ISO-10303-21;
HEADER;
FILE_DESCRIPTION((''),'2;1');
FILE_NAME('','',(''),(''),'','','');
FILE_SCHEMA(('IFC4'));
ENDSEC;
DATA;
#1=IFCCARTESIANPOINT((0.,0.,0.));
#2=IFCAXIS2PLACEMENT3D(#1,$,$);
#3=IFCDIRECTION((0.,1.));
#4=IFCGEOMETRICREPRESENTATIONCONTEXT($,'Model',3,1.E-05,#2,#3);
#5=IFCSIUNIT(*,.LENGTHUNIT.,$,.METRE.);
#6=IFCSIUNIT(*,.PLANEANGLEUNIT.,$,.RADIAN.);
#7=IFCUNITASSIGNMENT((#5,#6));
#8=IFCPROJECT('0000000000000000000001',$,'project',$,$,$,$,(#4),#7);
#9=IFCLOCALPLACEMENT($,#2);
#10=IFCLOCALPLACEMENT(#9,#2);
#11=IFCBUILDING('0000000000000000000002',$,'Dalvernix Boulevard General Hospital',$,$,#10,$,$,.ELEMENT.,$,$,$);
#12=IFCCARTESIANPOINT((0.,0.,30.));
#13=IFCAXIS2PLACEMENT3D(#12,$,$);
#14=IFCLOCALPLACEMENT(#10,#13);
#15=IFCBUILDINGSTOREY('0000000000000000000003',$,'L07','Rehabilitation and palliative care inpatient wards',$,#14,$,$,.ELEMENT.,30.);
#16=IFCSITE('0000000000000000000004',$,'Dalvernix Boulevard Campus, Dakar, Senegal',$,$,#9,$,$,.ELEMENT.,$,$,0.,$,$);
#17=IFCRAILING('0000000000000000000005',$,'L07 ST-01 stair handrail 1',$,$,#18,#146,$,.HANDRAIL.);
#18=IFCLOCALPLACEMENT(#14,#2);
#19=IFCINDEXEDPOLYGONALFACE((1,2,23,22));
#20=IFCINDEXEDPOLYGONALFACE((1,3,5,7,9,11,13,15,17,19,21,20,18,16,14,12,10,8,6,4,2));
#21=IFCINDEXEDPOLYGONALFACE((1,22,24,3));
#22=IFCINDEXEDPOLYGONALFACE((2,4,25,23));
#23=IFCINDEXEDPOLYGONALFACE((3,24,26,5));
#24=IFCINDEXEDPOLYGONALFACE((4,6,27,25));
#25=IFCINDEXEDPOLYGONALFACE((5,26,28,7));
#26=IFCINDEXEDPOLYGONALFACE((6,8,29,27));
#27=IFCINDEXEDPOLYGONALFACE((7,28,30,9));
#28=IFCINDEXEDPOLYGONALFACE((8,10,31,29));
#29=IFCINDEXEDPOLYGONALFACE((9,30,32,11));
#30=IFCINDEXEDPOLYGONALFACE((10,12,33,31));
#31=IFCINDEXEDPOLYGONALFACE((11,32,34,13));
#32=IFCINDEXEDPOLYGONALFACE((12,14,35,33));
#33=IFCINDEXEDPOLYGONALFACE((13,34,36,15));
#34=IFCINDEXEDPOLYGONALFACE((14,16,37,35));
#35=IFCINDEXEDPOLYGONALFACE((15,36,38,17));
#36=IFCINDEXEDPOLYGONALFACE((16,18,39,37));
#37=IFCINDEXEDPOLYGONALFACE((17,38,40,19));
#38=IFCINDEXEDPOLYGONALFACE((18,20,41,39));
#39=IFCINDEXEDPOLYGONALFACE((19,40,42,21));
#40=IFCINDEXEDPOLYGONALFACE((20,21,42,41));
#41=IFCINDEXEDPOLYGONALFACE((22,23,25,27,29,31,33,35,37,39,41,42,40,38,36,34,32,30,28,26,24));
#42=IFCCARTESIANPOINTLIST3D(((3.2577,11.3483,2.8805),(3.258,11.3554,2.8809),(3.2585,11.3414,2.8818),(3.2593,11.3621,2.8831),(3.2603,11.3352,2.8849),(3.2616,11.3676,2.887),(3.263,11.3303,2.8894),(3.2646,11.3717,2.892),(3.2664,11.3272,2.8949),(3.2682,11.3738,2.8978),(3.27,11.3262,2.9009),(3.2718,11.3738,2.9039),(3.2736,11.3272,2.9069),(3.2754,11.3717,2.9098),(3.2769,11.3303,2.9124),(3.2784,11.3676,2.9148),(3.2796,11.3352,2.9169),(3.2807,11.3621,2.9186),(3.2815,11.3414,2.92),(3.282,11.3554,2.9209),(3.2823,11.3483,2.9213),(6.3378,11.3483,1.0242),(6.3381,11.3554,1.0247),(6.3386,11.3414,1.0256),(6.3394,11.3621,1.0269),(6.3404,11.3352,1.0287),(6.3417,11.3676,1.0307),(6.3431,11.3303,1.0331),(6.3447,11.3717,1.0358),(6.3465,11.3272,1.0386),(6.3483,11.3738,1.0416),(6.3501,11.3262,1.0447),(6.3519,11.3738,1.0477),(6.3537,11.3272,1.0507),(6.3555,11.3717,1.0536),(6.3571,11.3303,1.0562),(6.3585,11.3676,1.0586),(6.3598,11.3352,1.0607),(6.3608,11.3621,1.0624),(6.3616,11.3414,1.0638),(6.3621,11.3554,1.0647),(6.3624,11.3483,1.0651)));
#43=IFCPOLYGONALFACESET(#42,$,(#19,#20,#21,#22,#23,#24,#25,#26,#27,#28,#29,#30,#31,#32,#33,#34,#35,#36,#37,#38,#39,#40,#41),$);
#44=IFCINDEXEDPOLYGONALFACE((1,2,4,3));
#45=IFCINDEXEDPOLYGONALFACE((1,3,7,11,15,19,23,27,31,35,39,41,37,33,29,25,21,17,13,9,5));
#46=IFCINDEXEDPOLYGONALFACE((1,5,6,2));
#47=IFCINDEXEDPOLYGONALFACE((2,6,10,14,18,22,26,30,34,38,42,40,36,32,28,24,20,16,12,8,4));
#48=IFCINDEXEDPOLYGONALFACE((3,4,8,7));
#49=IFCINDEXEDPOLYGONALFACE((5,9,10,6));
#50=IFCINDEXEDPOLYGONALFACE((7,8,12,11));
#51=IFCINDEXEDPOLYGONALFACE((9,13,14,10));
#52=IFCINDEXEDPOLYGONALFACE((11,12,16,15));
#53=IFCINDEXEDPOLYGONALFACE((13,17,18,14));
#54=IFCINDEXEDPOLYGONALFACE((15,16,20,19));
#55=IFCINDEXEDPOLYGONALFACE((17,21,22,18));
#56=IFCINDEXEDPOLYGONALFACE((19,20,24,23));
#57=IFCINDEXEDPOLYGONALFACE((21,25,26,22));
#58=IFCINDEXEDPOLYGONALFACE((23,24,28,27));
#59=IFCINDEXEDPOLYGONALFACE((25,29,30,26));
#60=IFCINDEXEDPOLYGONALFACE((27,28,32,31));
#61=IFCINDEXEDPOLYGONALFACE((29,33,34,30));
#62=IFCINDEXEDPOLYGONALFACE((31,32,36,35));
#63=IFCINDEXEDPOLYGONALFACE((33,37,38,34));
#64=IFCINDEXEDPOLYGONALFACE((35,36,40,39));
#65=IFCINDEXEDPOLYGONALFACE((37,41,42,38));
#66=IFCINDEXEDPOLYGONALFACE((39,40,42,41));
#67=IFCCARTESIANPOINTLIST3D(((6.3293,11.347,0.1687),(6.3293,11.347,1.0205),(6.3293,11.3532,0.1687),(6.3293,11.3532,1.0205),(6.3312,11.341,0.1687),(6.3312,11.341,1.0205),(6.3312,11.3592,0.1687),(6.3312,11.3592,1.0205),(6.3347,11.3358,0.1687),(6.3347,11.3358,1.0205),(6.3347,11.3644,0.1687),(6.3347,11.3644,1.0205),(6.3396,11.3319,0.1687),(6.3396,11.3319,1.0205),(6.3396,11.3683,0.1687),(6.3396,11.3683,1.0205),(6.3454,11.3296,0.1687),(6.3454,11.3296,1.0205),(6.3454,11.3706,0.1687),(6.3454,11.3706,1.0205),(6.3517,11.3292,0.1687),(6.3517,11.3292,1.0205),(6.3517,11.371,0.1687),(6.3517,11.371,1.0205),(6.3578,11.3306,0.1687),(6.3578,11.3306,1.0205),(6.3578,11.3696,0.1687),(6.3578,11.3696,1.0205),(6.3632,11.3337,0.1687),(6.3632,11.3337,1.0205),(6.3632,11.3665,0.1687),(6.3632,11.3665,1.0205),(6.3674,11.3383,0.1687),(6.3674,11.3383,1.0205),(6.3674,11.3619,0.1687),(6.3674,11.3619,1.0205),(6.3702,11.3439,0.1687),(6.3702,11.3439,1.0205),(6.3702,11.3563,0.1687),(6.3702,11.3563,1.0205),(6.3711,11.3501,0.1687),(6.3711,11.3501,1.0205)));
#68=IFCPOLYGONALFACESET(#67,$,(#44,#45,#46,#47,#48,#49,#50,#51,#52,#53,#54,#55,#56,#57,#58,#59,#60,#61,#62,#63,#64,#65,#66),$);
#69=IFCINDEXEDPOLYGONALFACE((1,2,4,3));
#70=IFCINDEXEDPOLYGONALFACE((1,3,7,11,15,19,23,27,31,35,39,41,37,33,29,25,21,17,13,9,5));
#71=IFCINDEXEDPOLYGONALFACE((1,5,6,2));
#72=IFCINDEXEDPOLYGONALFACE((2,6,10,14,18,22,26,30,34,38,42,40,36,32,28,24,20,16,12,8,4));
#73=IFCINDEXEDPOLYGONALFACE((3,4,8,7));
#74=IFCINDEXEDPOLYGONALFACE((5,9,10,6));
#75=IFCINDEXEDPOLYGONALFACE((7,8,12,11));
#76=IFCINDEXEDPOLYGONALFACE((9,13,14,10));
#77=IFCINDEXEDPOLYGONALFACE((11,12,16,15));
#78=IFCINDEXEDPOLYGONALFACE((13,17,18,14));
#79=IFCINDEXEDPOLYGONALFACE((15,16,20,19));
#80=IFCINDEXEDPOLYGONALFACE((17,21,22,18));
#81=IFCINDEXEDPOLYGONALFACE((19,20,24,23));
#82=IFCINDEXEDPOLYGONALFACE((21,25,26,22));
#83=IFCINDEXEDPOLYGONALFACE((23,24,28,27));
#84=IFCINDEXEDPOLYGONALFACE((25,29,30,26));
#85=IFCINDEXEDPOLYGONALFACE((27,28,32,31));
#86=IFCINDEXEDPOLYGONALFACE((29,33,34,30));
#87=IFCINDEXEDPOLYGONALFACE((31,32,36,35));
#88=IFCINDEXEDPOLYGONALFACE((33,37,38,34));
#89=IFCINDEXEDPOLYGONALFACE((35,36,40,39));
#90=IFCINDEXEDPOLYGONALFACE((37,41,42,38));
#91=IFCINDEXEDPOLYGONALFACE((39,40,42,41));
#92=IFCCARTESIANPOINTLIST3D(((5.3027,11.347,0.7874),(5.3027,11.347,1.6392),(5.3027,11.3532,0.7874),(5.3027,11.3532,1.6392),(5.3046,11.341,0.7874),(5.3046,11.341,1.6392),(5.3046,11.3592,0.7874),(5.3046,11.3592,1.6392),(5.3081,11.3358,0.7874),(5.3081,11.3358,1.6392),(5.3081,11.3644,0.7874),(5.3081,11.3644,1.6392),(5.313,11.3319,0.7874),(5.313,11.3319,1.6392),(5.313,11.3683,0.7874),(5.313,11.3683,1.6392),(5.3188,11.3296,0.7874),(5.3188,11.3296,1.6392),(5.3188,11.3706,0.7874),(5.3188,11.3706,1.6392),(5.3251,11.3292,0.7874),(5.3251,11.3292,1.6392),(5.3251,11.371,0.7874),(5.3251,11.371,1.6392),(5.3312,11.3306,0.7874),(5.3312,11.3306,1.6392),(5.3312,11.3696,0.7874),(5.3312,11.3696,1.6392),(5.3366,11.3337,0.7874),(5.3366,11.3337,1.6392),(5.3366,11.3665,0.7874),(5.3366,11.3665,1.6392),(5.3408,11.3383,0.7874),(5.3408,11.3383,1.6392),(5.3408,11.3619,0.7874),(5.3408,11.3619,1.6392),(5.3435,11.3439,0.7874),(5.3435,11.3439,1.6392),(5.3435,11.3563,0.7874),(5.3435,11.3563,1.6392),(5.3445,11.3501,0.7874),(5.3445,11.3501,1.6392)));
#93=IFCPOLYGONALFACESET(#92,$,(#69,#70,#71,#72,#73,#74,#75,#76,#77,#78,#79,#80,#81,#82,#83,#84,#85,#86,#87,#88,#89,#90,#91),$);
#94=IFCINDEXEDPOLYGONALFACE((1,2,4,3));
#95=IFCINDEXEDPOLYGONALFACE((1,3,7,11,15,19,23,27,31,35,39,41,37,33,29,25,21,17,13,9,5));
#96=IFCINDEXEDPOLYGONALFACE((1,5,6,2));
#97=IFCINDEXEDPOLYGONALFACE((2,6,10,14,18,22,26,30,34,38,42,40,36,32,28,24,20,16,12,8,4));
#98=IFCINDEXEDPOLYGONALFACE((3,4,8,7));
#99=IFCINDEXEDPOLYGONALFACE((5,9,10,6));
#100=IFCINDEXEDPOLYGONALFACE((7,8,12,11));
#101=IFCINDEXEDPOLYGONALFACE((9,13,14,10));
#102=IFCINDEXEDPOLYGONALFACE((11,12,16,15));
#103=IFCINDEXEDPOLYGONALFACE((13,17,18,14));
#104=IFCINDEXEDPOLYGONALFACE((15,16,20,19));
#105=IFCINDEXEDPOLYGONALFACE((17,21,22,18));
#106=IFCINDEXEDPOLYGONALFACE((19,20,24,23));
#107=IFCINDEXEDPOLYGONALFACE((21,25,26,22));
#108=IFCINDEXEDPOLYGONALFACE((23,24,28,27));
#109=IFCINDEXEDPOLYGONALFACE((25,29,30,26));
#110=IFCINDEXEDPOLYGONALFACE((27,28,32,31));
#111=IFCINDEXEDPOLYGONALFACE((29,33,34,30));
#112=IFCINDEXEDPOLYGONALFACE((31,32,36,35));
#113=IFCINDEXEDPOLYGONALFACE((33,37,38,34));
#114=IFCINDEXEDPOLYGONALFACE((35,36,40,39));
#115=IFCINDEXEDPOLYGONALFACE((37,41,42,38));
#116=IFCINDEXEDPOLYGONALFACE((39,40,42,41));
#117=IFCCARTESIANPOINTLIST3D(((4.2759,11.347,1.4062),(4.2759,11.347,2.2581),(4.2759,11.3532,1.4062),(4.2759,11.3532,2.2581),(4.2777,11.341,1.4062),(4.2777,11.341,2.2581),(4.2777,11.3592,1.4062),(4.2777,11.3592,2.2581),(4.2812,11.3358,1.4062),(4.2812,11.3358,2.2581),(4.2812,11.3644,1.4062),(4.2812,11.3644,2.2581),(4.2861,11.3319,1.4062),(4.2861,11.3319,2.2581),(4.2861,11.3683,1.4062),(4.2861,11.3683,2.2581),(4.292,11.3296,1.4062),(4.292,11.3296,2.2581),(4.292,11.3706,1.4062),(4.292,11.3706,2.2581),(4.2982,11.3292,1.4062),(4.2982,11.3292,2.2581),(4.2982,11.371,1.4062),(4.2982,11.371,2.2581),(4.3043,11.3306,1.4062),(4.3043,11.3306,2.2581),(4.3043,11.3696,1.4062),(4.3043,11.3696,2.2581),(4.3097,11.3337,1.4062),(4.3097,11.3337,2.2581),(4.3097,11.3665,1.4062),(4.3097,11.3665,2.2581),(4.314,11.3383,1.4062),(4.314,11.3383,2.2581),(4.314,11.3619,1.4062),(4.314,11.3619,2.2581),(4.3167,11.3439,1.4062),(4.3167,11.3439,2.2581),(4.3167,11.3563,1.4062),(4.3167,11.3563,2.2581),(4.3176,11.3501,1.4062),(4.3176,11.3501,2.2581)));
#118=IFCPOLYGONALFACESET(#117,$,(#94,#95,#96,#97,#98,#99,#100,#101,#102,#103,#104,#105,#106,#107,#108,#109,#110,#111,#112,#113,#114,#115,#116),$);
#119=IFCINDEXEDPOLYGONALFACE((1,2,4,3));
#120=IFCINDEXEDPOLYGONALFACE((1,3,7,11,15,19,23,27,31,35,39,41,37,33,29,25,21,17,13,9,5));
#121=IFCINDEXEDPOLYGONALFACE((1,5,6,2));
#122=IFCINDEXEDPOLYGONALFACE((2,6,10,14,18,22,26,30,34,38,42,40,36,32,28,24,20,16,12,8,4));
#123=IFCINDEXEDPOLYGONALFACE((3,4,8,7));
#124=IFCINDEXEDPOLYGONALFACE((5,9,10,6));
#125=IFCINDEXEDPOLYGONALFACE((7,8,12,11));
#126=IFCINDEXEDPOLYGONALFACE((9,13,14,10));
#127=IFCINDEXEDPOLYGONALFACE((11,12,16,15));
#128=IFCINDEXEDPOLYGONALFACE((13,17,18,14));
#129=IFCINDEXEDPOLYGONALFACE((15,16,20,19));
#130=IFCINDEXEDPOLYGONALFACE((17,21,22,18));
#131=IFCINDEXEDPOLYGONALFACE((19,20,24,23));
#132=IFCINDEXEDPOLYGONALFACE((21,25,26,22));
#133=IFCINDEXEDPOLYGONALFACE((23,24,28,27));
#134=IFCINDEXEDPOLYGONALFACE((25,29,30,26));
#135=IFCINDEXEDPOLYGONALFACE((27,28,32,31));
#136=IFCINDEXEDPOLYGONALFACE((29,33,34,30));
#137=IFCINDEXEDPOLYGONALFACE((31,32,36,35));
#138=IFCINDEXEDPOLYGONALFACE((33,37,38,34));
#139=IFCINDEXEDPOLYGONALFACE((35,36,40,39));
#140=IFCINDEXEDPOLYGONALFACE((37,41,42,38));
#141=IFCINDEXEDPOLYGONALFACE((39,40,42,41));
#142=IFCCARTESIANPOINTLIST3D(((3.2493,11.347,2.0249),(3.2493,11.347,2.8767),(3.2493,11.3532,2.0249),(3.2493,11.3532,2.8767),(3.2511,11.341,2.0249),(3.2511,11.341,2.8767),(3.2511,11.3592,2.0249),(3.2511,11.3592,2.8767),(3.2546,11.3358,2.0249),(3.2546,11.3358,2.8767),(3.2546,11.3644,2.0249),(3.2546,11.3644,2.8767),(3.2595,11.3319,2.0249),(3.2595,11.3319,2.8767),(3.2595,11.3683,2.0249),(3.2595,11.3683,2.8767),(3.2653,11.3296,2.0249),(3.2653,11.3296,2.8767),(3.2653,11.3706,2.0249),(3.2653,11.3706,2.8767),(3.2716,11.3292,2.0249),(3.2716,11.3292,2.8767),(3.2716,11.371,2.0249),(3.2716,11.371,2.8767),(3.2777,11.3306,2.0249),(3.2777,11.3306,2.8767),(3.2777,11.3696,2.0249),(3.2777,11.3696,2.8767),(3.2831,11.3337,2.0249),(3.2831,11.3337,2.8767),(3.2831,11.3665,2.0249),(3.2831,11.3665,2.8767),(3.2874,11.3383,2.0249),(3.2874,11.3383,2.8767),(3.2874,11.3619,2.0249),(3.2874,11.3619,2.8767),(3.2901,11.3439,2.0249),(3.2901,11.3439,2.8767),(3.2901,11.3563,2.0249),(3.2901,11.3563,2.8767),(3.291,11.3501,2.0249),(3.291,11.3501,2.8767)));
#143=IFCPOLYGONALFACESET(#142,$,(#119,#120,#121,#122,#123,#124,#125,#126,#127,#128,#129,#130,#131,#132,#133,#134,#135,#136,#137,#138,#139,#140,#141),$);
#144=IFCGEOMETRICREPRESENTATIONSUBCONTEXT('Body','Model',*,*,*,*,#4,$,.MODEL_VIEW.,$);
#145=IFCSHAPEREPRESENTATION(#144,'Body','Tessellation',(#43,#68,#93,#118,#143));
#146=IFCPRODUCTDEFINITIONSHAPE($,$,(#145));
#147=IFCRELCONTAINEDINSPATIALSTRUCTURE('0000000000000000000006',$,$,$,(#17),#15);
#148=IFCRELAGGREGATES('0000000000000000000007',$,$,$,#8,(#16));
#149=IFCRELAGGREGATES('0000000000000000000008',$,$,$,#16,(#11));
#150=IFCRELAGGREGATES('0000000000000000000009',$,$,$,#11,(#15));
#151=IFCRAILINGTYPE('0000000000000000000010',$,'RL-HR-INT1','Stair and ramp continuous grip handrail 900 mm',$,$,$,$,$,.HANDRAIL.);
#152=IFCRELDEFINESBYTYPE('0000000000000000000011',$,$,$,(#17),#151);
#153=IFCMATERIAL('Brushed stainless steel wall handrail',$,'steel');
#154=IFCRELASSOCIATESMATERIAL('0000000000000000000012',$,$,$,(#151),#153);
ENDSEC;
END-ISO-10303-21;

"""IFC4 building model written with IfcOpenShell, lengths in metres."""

from ifc_helpers import new_model, si_unit, direction, frame, origin, origin_2d, place, context, subcontext, project, spatial, circle, extrude, material, type_object, element, save


model = new_model("IFC4")

# Units and contexts
model_context = context("Model", 3, precision=1e-05, world=origin(), true_north=direction((0.0, 1.0)))
body_context = subcontext(model_context, "Body", "Model", "MODEL_VIEW")
ifc_project = project(units=[si_unit("LENGTHUNIT", "METRE"), si_unit("PLANEANGLEUNIT", "RADIAN")], contexts=[model_context])

# Site, building, storey
site_placement = place(None, origin())
site = spatial("IfcSite", under=ifc_project, at=site_placement, Name="Dalvernix Boulevard Campus, Dakar, Senegal", CompositionType="ELEMENT", RefElevation=0.0)
building_placement = place(site_placement, origin())
building = spatial("IfcBuilding", under=site, at=building_placement, Name="Dalvernix Boulevard General Hospital", CompositionType="ELEMENT")
storey_placement = place(building_placement, frame((0.0, 0.0, 30.0)))
storey = spatial("IfcBuildingStorey", under=building, at=storey_placement, Name="L07", Description="Rehabilitation and palliative care inpatient wards", CompositionType="ELEMENT", Elevation=30.0)

# Railing
ifc_material_1 = material(Name="Brushed stainless steel wall handrail", Category="steel")
railing_type_1 = type_object("IfcRailingType", Name="RL-HR-INT1", Description="Stair and ramp continuous grip handrail 900 mm", PredefinedType="HANDRAIL", material=ifc_material_1)
railing_1_placement = place(storey_placement, frame((6.3501, 11.3501, 0.1687)))
element("IfcRailing", 1, at=railing_1_placement, inside=storey, type_object=railing_type_1, Name="L07 ST-01 stair handrail 1", PredefinedType="HANDRAIL", context=body_context, shape_type="SweptSolid", body=[
    extrude(circle(Radius=0.0239, at=origin_2d()), frame((0.0, 0.0, 0.876), z_axis=(-0.856491, 0.0, 0.516162), x_axis=(0.0, -1.0, 0.0)), (0.0, 0.0, 1.0), 3.5962),
    extrude(circle(Radius=0.021, at=origin_2d()), origin(), (0.0, 0.0, 1.0), 0.8518),
    extrude(circle(Radius=0.021, at=origin_2d()), frame((-1.0266, 0.0, 0.6187)), (0.0, 0.0, 1.0), 0.8518),
    extrude(circle(Radius=0.021, at=origin_2d()), frame((-2.0535, 0.0, 1.2375)), (0.0, 0.0, 1.0), 0.8518),
    extrude(circle(Radius=0.021, at=origin_2d()), frame((-3.0801, 0.0, 1.8562)), (0.0, 0.0, 1.0), 0.8518),
])

save(model, "model.ifc")
